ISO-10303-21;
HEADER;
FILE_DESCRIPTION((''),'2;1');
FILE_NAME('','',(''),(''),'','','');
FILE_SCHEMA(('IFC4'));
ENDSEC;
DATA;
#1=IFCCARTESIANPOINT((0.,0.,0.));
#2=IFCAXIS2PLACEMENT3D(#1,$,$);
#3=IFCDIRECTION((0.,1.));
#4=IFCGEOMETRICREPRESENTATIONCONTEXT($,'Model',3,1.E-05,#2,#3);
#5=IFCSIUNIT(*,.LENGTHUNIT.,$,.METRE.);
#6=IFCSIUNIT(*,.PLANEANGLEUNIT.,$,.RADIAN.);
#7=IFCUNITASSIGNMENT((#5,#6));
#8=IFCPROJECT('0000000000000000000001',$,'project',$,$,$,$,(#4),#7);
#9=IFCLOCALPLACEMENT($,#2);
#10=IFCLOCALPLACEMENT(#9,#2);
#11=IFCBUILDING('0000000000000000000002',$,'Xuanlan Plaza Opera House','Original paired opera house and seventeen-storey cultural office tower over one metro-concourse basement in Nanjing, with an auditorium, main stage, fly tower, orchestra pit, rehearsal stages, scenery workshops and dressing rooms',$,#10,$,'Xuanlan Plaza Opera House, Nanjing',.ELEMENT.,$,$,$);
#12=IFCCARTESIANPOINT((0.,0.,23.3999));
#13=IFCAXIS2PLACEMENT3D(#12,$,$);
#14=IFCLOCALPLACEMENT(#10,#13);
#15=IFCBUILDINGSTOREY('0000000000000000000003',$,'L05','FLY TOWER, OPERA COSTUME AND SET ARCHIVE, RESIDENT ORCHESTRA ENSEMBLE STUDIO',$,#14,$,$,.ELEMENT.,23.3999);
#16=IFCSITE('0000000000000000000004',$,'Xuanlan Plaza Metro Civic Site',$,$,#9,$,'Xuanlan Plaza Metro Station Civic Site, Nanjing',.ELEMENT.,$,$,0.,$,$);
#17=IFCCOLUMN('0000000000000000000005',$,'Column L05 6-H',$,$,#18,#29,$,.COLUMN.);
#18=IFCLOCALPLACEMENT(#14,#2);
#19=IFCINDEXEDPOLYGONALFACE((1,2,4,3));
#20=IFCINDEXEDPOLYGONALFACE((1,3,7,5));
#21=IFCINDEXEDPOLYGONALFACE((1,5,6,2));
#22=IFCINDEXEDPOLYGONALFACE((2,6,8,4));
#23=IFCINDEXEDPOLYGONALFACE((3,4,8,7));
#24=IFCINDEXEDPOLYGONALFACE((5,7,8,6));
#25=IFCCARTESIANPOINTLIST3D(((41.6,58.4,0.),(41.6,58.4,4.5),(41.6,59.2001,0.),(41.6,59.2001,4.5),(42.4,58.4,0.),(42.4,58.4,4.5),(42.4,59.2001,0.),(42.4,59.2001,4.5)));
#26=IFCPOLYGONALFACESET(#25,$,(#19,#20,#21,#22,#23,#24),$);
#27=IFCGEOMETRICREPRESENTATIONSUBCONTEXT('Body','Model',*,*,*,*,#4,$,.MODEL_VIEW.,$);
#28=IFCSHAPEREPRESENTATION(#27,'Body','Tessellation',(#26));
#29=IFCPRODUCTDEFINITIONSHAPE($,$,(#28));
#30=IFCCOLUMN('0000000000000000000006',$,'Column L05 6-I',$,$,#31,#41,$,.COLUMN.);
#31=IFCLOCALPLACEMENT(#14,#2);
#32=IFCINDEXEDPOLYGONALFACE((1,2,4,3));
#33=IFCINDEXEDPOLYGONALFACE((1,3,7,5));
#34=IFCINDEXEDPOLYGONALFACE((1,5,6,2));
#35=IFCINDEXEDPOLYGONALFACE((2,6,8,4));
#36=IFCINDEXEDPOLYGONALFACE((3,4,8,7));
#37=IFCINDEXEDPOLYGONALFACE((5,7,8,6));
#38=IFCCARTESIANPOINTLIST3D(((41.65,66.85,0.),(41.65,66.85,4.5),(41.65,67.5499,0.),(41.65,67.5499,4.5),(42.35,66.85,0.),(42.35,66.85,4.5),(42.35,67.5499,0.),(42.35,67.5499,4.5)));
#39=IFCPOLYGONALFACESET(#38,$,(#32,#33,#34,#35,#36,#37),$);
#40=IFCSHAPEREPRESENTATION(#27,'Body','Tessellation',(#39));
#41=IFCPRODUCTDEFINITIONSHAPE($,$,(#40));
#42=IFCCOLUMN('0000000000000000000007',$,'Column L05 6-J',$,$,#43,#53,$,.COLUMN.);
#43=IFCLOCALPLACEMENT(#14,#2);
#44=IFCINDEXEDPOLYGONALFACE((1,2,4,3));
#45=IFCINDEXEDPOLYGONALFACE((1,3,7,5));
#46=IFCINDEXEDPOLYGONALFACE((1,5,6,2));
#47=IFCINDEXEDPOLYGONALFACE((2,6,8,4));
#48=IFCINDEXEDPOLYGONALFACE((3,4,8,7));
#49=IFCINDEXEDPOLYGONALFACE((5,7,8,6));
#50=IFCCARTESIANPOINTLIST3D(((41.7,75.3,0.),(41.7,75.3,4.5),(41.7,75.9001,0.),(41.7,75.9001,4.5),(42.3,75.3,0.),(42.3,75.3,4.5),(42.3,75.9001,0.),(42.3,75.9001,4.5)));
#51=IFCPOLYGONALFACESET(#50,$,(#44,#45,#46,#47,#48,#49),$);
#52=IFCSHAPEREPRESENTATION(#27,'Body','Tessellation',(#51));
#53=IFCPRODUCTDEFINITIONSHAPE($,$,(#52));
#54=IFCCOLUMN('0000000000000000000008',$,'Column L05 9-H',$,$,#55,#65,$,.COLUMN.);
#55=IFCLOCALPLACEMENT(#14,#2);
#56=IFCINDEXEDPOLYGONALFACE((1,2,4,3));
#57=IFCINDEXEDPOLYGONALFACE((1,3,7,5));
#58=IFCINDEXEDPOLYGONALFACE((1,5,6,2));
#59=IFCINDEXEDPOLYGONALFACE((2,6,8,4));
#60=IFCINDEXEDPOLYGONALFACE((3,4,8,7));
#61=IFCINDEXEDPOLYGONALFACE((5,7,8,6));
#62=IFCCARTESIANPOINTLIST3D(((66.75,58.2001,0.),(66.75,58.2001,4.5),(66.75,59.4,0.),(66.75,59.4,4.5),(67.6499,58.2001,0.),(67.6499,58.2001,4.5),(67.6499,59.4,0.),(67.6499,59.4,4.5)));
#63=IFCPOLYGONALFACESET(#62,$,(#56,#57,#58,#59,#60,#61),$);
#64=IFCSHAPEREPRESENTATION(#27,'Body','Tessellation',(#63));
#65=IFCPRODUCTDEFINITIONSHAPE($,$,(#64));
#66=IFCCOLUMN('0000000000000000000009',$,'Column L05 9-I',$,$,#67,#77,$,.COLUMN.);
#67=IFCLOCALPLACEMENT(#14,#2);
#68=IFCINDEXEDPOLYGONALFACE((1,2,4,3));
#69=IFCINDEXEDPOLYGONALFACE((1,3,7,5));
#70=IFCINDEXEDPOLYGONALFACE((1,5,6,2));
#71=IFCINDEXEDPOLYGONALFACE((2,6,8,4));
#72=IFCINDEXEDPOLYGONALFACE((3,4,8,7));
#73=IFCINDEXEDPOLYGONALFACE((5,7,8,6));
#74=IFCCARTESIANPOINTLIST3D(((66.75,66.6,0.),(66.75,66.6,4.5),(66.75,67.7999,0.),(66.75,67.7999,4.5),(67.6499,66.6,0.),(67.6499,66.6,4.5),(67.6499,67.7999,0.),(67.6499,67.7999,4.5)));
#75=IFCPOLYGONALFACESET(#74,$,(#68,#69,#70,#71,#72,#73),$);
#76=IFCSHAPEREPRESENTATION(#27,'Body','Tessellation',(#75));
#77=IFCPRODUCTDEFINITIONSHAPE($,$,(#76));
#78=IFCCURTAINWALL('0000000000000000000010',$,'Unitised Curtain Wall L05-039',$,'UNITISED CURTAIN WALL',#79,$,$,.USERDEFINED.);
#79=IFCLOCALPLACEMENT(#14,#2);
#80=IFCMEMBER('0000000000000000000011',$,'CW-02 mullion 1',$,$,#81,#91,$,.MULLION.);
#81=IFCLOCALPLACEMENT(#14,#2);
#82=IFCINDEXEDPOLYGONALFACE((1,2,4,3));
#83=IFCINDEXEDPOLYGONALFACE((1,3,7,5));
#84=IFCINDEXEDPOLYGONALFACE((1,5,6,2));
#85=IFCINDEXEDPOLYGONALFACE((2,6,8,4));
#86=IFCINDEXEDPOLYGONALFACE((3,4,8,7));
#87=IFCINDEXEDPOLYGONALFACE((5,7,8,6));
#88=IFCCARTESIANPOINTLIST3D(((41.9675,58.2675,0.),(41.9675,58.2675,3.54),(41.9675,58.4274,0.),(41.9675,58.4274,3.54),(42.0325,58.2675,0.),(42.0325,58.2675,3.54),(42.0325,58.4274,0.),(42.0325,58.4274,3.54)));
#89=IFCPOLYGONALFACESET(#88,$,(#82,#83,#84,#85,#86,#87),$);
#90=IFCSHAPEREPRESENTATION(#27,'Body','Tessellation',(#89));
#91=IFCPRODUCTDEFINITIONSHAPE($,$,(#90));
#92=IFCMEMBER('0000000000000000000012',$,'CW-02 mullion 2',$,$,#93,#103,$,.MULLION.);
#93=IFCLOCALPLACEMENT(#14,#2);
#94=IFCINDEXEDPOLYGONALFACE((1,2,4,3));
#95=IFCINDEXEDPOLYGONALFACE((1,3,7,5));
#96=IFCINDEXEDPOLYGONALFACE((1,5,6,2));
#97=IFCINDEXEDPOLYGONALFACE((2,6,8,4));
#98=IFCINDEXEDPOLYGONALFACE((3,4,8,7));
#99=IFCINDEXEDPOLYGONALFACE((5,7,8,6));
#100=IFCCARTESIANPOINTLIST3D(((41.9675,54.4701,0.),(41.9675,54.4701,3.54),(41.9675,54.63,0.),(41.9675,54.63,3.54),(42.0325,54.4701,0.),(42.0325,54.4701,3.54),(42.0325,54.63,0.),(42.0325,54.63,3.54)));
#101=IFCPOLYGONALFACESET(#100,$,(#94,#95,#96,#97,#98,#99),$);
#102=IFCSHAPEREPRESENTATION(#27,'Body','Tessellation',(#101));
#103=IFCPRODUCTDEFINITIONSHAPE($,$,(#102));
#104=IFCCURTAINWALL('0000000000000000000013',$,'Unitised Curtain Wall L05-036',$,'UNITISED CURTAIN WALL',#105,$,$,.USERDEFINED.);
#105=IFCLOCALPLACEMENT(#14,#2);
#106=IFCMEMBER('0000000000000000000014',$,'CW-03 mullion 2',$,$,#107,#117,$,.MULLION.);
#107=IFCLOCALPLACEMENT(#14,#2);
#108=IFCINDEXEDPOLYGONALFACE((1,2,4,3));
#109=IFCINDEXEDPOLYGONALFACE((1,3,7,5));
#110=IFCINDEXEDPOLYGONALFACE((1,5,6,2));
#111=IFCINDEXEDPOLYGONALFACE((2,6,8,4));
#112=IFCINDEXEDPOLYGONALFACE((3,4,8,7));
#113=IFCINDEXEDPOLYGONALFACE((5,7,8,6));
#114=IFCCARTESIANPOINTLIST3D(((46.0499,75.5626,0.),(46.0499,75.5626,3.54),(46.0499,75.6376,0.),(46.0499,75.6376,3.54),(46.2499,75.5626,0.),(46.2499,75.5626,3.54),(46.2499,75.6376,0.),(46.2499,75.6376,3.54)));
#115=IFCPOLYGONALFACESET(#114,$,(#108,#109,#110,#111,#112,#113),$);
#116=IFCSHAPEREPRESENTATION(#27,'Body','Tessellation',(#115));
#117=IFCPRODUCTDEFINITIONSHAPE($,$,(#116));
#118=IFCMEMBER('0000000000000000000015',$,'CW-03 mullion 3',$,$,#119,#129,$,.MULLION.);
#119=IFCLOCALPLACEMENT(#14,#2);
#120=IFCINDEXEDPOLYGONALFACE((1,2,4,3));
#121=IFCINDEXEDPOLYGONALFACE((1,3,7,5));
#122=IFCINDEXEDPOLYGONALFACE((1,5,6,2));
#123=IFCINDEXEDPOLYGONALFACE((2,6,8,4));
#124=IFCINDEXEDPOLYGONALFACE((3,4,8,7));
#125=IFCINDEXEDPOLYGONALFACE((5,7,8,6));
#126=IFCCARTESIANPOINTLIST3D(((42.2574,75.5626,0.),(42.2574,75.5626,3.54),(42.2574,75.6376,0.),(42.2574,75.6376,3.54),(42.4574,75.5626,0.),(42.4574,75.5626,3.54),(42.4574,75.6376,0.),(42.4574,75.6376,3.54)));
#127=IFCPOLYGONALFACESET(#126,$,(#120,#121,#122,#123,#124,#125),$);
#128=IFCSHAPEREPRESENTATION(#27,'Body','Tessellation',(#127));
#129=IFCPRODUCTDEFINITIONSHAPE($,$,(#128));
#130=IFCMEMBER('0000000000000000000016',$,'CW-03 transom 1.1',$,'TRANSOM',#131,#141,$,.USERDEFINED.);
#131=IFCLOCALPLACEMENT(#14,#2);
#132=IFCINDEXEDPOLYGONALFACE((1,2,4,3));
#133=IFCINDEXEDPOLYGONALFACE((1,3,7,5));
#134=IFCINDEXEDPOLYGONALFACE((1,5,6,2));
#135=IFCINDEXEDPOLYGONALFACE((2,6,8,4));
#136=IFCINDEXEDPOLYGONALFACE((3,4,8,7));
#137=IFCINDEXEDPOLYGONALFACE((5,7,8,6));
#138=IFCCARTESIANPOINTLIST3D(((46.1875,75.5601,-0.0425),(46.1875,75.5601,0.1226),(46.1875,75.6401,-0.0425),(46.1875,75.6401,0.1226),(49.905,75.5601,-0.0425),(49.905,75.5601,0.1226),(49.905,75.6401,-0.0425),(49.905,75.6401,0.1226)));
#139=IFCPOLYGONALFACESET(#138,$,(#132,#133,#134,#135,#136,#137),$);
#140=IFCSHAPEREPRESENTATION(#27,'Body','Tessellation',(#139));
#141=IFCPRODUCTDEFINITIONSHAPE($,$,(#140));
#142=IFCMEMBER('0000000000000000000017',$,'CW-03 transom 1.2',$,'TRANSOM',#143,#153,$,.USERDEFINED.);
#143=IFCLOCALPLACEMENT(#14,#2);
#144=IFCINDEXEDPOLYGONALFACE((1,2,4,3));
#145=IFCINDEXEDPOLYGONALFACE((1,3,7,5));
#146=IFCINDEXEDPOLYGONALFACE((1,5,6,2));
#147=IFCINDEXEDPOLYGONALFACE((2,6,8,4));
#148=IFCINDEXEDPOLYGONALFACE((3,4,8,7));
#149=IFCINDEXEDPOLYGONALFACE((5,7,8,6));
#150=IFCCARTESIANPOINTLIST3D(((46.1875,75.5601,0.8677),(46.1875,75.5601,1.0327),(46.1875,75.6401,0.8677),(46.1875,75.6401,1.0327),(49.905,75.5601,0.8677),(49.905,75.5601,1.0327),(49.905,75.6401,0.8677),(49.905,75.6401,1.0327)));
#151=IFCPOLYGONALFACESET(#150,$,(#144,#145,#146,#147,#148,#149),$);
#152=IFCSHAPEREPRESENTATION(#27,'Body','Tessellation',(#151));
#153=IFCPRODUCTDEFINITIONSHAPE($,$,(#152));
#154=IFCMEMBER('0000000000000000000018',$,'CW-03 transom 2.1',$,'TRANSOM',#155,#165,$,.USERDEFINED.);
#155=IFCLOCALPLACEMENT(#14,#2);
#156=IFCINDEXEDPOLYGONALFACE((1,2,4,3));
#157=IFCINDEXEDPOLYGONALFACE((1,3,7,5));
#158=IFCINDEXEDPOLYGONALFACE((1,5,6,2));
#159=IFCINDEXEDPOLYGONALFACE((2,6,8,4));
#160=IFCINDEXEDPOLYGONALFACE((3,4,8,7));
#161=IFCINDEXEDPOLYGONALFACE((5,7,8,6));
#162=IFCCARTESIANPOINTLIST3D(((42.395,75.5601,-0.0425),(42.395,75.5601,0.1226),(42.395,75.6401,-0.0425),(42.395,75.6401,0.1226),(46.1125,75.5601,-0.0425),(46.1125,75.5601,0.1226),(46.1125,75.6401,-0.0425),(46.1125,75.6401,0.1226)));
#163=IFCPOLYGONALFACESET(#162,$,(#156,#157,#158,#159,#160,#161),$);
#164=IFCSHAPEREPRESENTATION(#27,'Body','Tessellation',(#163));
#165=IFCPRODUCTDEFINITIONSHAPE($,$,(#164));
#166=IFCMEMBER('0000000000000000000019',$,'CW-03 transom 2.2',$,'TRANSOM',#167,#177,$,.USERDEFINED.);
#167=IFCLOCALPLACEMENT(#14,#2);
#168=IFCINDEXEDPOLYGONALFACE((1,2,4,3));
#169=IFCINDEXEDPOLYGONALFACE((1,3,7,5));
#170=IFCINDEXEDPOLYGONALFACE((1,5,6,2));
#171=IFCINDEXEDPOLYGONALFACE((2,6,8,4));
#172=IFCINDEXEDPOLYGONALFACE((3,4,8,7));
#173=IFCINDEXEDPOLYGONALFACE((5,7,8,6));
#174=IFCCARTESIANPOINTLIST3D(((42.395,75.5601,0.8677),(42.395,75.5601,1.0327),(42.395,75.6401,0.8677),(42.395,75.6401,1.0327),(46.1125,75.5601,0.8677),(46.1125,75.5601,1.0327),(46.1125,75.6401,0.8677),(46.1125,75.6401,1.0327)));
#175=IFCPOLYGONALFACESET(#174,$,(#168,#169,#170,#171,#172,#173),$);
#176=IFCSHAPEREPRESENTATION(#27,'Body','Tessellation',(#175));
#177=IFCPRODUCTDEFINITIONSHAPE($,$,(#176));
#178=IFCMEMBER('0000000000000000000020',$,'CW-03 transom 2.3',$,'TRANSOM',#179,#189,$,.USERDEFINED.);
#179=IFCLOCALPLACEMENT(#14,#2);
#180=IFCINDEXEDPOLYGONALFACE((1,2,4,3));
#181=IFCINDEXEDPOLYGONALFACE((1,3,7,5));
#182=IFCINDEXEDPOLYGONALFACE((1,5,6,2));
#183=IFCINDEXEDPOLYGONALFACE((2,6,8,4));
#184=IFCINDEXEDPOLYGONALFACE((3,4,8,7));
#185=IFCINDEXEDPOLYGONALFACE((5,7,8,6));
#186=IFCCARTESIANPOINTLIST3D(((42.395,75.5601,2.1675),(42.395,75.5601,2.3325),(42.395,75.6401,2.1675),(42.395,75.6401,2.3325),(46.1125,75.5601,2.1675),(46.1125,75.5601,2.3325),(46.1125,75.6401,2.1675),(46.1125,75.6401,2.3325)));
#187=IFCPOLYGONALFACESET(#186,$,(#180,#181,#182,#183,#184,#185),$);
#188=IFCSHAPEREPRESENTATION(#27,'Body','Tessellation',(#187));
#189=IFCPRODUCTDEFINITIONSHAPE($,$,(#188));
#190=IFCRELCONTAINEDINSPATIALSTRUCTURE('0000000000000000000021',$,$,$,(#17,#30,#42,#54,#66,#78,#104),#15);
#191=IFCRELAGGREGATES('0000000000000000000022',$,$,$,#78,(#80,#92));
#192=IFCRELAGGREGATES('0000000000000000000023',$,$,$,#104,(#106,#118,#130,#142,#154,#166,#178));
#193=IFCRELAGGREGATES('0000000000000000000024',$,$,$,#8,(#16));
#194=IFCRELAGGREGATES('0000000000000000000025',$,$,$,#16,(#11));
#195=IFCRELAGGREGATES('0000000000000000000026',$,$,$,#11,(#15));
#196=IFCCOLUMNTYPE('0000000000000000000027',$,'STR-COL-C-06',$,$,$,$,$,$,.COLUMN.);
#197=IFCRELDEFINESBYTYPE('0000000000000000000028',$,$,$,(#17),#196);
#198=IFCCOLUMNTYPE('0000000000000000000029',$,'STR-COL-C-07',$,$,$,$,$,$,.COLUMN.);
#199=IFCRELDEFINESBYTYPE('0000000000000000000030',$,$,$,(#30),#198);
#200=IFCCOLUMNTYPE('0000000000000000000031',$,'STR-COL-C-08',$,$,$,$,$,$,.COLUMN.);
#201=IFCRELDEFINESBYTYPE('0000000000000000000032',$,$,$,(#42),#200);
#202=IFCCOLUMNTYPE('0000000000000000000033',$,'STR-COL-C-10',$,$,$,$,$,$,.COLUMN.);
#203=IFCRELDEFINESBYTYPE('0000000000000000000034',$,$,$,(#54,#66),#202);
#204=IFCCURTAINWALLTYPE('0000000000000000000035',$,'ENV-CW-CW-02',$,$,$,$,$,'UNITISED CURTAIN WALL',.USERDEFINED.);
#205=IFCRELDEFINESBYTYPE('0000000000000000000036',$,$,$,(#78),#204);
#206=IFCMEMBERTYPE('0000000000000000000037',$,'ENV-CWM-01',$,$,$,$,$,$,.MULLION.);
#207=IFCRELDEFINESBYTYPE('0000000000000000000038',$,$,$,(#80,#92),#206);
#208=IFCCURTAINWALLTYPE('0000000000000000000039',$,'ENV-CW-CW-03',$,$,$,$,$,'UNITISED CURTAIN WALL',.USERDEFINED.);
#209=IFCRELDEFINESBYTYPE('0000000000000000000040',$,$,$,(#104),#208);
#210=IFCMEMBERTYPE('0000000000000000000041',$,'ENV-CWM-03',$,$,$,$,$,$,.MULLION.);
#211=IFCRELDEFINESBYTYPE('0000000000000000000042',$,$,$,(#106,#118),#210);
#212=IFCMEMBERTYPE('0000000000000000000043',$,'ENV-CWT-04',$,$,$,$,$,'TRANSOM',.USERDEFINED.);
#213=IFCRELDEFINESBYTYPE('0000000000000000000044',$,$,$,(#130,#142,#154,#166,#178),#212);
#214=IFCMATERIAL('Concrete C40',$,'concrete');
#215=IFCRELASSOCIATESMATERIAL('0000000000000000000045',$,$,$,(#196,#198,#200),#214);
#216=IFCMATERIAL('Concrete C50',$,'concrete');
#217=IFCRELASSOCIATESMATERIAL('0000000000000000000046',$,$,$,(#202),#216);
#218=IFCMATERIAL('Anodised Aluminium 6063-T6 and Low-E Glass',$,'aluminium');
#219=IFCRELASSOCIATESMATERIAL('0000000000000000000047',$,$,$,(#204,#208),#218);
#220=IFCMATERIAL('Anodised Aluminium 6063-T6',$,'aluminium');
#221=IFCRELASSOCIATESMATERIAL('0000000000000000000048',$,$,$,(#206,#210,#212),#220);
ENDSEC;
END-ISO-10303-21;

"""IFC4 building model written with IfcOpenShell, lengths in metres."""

from ifc_helpers import new_model, si_unit, direction, frame, origin, origin_2d, place, context, subcontext, project, spatial, rectangle, extrude, material, material_profile, profile_set, type_object, element, aggregate, save


model = new_model("IFC4")

# Units and contexts
model_context = context("Model", 3, precision=1e-05, world=origin(), true_north=direction((0.0, 1.0)))
body_context = subcontext(model_context, "Body", "Model", "MODEL_VIEW")
ifc_project = project(units=[si_unit("LENGTHUNIT", "METRE"), si_unit("PLANEANGLEUNIT", "RADIAN")], contexts=[model_context])

# Site, building, storey
site_placement = place(None, origin())
site = spatial("IfcSite", under=ifc_project, at=site_placement, Name="Xuanlan Plaza Metro Civic Site", LongName="Xuanlan Plaza Metro Station Civic Site, Nanjing", CompositionType="ELEMENT", RefElevation=0.0)
building_placement = place(site_placement, origin())
building = spatial("IfcBuilding", under=site, at=building_placement, Name="Xuanlan Plaza Opera House", Description="Original paired opera house and seventeen-storey cultural office tower over one metro-concourse basement in Nanjing, with an auditorium, main stage, fly tower, orchestra pit, rehearsal stages, scenery workshops and dressing rooms", LongName="Xuanlan Plaza Opera House, Nanjing", CompositionType="ELEMENT")
storey_placement = place(building_placement, frame((0.0, 0.0, 23.3999)))
storey = spatial("IfcBuildingStorey", under=building, at=storey_placement, Name="L05", Description="FLY TOWER, OPERA COSTUME AND SET ARCHIVE, RESIDENT ORCHESTRA ENSEMBLE STUDIO", CompositionType="ELEMENT", Elevation=23.3999)

# Columns
ifc_material_1 = material(Name="Concrete C40", Category="concrete")
ifc_material_profile_1 = material_profile(ifc_material_1, rectangle(XDim=0.8, YDim=0.8, at=origin_2d()), Name="RC-COL 800x800")
ifc_profile_set_1 = profile_set([ifc_material_profile_1], Name="Concrete C40")
column_type_1 = type_object("IfcColumnType", Name="STR-COL-C-06", PredefinedType="COLUMN", material=ifc_profile_set_1)
column_1_placement = place(storey_placement, frame((42.0, 58.8, 0.0), z_axis=(0.0, 0.0, 1.0), x_axis=(1.0, 0.0, 0.0)))
element("IfcColumn", 1, at=column_1_placement, inside=storey, type_object=column_type_1, Name="Column L05 6-H", PredefinedType="COLUMN", context=body_context, shape_type="SweptSolid", body=[
    extrude(rectangle(XDim=0.8, YDim=0.8, at=origin_2d()), origin(), (0.0, 0.0, 1.0), 4.5),
])
ifc_material_profile_2 = material_profile(ifc_material_1, rectangle(XDim=0.7, YDim=0.7, at=origin_2d()), Name="RC-COL 700x700")
ifc_profile_set_2 = profile_set([ifc_material_profile_2], Name="Concrete C40")
column_type_2 = type_object("IfcColumnType", Name="STR-COL-C-07", PredefinedType="COLUMN", material=ifc_profile_set_2)
column_2_placement = place(storey_placement, frame((42.0, 67.2, 0.0), z_axis=(0.0, 0.0, 1.0), x_axis=(1.0, 0.0, 0.0)))
element("IfcColumn", 2, at=column_2_placement, inside=storey, type_object=column_type_2, Name="Column L05 6-I", PredefinedType="COLUMN", context=body_context, shape_type="SweptSolid", body=[
    extrude(rectangle(XDim=0.7, YDim=0.7, at=origin_2d()), origin(), (0.0, 0.0, 1.0), 4.5),
])
ifc_material_profile_3 = material_profile(ifc_material_1, rectangle(XDim=0.6001, YDim=0.6001, at=origin_2d()), Name="RC-COL 600x600")
ifc_profile_set_3 = profile_set([ifc_material_profile_3], Name="Concrete C40")
column_type_3 = type_object("IfcColumnType", Name="STR-COL-C-08", PredefinedType="COLUMN", material=ifc_profile_set_3)
column_3_placement = place(storey_placement, frame((42.0, 75.6001, 0.0), z_axis=(0.0, 0.0, 1.0), x_axis=(1.0, 0.0, 0.0)))
element("IfcColumn", 3, at=column_3_placement, inside=storey, type_object=column_type_3, Name="Column L05 6-J", PredefinedType="COLUMN", context=body_context, shape_type="SweptSolid", body=[
    extrude(rectangle(XDim=0.6001, YDim=0.6001, at=origin_2d()), origin(), (0.0, 0.0, 1.0), 4.5),
])
ifc_material_2 = material(Name="Concrete C50", Category="concrete")
ifc_material_profile_4 = material_profile(ifc_material_2, rectangle(XDim=0.8999, YDim=1.2, at=origin_2d()), Name="RC-COL 900x1200")
ifc_profile_set_4 = profile_set([ifc_material_profile_4], Name="Concrete C50")
column_type_4 = type_object("IfcColumnType", Name="STR-COL-C-10", PredefinedType="COLUMN", material=ifc_profile_set_4)
for number, where, z_axis, x_axis, name in (
    (4, (67.2, 58.8, 0.0), (0.0, 0.0, 1.0), (1.0, 0.0, 0.0), "Column L05 9-H"),
    (5, (67.2, 67.2, 0.0), (0.0, 0.0, 1.0), (1.0, 0.0, 0.0), "Column L05 9-I"),
):
    element("IfcColumn", number, at=place(storey_placement, frame(where, z_axis=z_axis, x_axis=x_axis)), inside=storey, type_object=column_type_4, Name=name, PredefinedType="COLUMN", context=body_context, shape_type="SweptSolid", body=[
        extrude(rectangle(XDim=0.8999, YDim=1.2, at=origin_2d()), origin(), (0.0, 0.0, 1.0), 4.5),
    ])

# Curtain walls, members
ifc_material_3 = material(Name="Anodised Aluminium 6063-T6 and Low-E Glass", Category="aluminium")
curtain_wall_type_1 = type_object("IfcCurtainWallType", Name="ENV-CW-CW-02", ElementType="UNITISED CURTAIN WALL", PredefinedType="USERDEFINED", material=ifc_material_3)
curtain_wall_1_placement = place(storey_placement, origin())
curtain_wall_1 = element("IfcCurtainWall", 6, at=curtain_wall_1_placement, inside=storey, type_object=curtain_wall_type_1, Name="Unitised Curtain Wall L05-039", ObjectType="UNITISED CURTAIN WALL", PredefinedType="USERDEFINED")
ifc_material_4 = material(Name="Anodised Aluminium 6063-T6", Category="aluminium")
ifc_material_profile_5 = material_profile(ifc_material_4, rectangle(XDim=0.0649, YDim=0.1599, at=origin_2d()), Name="ALU-M 65x160")
ifc_profile_set_5 = profile_set([ifc_material_profile_5], Name="Anodised Aluminium 6063-T6")
member_type_1 = type_object("IfcMemberType", Name="ENV-CWM-01", PredefinedType="MULLION", material=ifc_profile_set_5)
member_1_placement = place(storey_placement, frame((42.0, 58.3474, 0.0), z_axis=(0.0, 0.0, 1.0), x_axis=(1.0, 0.0, 0.0)))
member_1 = element("IfcMember", 7, at=member_1_placement, type_object=member_type_1, Name="CW-02 mullion 1", PredefinedType="MULLION", context=body_context, shape_type="SweptSolid", body=[
    extrude(rectangle(XDim=0.0649, YDim=0.1599, at=origin_2d()), origin(), (0.0, 0.0, 1.0), 3.54),
])
member_2_placement = place(storey_placement, frame((42.0, 54.55, 0.0), z_axis=(0.0, 0.0, 1.0), x_axis=(1.0, 0.0, 0.0)))
member_2 = element("IfcMember", 8, at=member_2_placement, type_object=member_type_1, Name="CW-02 mullion 2", PredefinedType="MULLION", context=body_context, shape_type="SweptSolid", body=[
    extrude(rectangle(XDim=0.0649, YDim=0.1599, at=origin_2d()), origin(), (0.0, 0.0, 1.0), 3.54),
])
curtain_wall_type_2 = type_object("IfcCurtainWallType", Name="ENV-CW-CW-03", ElementType="UNITISED CURTAIN WALL", PredefinedType="USERDEFINED", material=ifc_material_3)
curtain_wall_2_placement = place(storey_placement, origin())
curtain_wall_2 = element("IfcCurtainWall", 9, at=curtain_wall_2_placement, inside=storey, type_object=curtain_wall_type_2, Name="Unitised Curtain Wall L05-036", ObjectType="UNITISED CURTAIN WALL", PredefinedType="USERDEFINED")
ifc_material_profile_6 = material_profile(ifc_material_4, rectangle(XDim=0.075, YDim=0.2, at=origin_2d()), Name="ALU-M 75x200")
ifc_profile_set_6 = profile_set([ifc_material_profile_6], Name="Anodised Aluminium 6063-T6")
member_type_2 = type_object("IfcMemberType", Name="ENV-CWM-03", PredefinedType="MULLION", material=ifc_profile_set_6)
member_3_placement = place(storey_placement, frame((46.1499, 75.6001, 0.0), z_axis=(0.0, 0.0, 1.0), x_axis=(0.0, -1.0, 0.0)))
member_3 = element("IfcMember", 10, at=member_3_placement, type_object=member_type_2, Name="CW-03 mullion 2", PredefinedType="MULLION", context=body_context, shape_type="SweptSolid", body=[
    extrude(rectangle(XDim=0.075, YDim=0.2, at=origin_2d()), origin(), (0.0, 0.0, 1.0), 3.54),
])
member_4_placement = place(storey_placement, frame((42.3574, 75.6001, 0.0), z_axis=(0.0, 0.0, 1.0), x_axis=(0.0, -1.0, 0.0)))
member_4 = element("IfcMember", 11, at=member_4_placement, type_object=member_type_2, Name="CW-03 mullion 3", PredefinedType="MULLION", context=body_context, shape_type="SweptSolid", body=[
    extrude(rectangle(XDim=0.075, YDim=0.2, at=origin_2d()), origin(), (0.0, 0.0, 1.0), 3.54),
])
ifc_material_profile_7 = material_profile(ifc_material_4, rectangle(XDim=0.0801, YDim=0.165, at=origin_2d()), Name="ALU-T 80x165")
ifc_profile_set_7 = profile_set([ifc_material_profile_7], Name="Anodised Aluminium 6063-T6")
member_type_3 = type_object("IfcMemberType", Name="ENV-CWT-04", ElementType="TRANSOM", PredefinedType="USERDEFINED", material=ifc_profile_set_7)
member_5_placement = place(storey_placement, frame((49.905, 75.6001, 0.04), z_axis=(-1.0, 0.0, 0.0), x_axis=(0.0, -1.0, 0.0)))
member_5 = element("IfcMember", 12, at=member_5_placement, type_object=member_type_3, Name="CW-03 transom 1.1", ObjectType="TRANSOM", PredefinedType="USERDEFINED", context=body_context, shape_type="SweptSolid", body=[
    extrude(rectangle(XDim=0.0801, YDim=0.165, at=origin_2d()), origin(), (0.0, 0.0, 1.0), 3.7175),
])
member_6_placement = place(storey_placement, frame((49.905, 75.6001, 0.9502), z_axis=(-1.0, 0.0, 0.0), x_axis=(0.0, -1.0, 0.0)))
member_6 = element("IfcMember", 13, at=member_6_placement, type_object=member_type_3, Name="CW-03 transom 1.2", ObjectType="TRANSOM", PredefinedType="USERDEFINED", context=body_context, shape_type="SweptSolid", body=[
    extrude(rectangle(XDim=0.0801, YDim=0.165, at=origin_2d()), origin(), (0.0, 0.0, 1.0), 3.7175),
])
member_7_placement = place(storey_placement, frame((46.1125, 75.6001, 0.04), z_axis=(-1.0, 0.0, 0.0), x_axis=(0.0, -1.0, 0.0)))
member_7 = element("IfcMember", 14, at=member_7_placement, type_object=member_type_3, Name="CW-03 transom 2.1", ObjectType="TRANSOM", PredefinedType="USERDEFINED", context=body_context, shape_type="SweptSolid", body=[
    extrude(rectangle(XDim=0.0801, YDim=0.165, at=origin_2d()), origin(), (0.0, 0.0, 1.0), 3.7175),
])
member_8_placement = place(storey_placement, frame((46.1125, 75.6001, 0.9502), z_axis=(-1.0, 0.0, 0.0), x_axis=(0.0, -1.0, 0.0)))
member_8 = element("IfcMember", 15, at=member_8_placement, type_object=member_type_3, Name="CW-03 transom 2.2", ObjectType="TRANSOM", PredefinedType="USERDEFINED", context=body_context, shape_type="SweptSolid", body=[
    extrude(rectangle(XDim=0.0801, YDim=0.165, at=origin_2d()), origin(), (0.0, 0.0, 1.0), 3.7175),
])
member_9_placement = place(storey_placement, frame((46.1125, 75.6001, 2.25), z_axis=(-1.0, 0.0, 0.0), x_axis=(0.0, -1.0, 0.0)))
member_9 = element("IfcMember", 16, at=member_9_placement, type_object=member_type_3, Name="CW-03 transom 2.3", ObjectType="TRANSOM", PredefinedType="USERDEFINED", context=body_context, shape_type="SweptSolid", body=[
    extrude(rectangle(XDim=0.0801, YDim=0.165, at=origin_2d()), origin(), (0.0, 0.0, 1.0), 3.7175),
])

aggregate(curtain_wall_1, [member_1, member_2])
aggregate(curtain_wall_2, [member_3, member_4, member_5, member_6, member_7, member_8, member_9])

save(model, "model.ifc")
